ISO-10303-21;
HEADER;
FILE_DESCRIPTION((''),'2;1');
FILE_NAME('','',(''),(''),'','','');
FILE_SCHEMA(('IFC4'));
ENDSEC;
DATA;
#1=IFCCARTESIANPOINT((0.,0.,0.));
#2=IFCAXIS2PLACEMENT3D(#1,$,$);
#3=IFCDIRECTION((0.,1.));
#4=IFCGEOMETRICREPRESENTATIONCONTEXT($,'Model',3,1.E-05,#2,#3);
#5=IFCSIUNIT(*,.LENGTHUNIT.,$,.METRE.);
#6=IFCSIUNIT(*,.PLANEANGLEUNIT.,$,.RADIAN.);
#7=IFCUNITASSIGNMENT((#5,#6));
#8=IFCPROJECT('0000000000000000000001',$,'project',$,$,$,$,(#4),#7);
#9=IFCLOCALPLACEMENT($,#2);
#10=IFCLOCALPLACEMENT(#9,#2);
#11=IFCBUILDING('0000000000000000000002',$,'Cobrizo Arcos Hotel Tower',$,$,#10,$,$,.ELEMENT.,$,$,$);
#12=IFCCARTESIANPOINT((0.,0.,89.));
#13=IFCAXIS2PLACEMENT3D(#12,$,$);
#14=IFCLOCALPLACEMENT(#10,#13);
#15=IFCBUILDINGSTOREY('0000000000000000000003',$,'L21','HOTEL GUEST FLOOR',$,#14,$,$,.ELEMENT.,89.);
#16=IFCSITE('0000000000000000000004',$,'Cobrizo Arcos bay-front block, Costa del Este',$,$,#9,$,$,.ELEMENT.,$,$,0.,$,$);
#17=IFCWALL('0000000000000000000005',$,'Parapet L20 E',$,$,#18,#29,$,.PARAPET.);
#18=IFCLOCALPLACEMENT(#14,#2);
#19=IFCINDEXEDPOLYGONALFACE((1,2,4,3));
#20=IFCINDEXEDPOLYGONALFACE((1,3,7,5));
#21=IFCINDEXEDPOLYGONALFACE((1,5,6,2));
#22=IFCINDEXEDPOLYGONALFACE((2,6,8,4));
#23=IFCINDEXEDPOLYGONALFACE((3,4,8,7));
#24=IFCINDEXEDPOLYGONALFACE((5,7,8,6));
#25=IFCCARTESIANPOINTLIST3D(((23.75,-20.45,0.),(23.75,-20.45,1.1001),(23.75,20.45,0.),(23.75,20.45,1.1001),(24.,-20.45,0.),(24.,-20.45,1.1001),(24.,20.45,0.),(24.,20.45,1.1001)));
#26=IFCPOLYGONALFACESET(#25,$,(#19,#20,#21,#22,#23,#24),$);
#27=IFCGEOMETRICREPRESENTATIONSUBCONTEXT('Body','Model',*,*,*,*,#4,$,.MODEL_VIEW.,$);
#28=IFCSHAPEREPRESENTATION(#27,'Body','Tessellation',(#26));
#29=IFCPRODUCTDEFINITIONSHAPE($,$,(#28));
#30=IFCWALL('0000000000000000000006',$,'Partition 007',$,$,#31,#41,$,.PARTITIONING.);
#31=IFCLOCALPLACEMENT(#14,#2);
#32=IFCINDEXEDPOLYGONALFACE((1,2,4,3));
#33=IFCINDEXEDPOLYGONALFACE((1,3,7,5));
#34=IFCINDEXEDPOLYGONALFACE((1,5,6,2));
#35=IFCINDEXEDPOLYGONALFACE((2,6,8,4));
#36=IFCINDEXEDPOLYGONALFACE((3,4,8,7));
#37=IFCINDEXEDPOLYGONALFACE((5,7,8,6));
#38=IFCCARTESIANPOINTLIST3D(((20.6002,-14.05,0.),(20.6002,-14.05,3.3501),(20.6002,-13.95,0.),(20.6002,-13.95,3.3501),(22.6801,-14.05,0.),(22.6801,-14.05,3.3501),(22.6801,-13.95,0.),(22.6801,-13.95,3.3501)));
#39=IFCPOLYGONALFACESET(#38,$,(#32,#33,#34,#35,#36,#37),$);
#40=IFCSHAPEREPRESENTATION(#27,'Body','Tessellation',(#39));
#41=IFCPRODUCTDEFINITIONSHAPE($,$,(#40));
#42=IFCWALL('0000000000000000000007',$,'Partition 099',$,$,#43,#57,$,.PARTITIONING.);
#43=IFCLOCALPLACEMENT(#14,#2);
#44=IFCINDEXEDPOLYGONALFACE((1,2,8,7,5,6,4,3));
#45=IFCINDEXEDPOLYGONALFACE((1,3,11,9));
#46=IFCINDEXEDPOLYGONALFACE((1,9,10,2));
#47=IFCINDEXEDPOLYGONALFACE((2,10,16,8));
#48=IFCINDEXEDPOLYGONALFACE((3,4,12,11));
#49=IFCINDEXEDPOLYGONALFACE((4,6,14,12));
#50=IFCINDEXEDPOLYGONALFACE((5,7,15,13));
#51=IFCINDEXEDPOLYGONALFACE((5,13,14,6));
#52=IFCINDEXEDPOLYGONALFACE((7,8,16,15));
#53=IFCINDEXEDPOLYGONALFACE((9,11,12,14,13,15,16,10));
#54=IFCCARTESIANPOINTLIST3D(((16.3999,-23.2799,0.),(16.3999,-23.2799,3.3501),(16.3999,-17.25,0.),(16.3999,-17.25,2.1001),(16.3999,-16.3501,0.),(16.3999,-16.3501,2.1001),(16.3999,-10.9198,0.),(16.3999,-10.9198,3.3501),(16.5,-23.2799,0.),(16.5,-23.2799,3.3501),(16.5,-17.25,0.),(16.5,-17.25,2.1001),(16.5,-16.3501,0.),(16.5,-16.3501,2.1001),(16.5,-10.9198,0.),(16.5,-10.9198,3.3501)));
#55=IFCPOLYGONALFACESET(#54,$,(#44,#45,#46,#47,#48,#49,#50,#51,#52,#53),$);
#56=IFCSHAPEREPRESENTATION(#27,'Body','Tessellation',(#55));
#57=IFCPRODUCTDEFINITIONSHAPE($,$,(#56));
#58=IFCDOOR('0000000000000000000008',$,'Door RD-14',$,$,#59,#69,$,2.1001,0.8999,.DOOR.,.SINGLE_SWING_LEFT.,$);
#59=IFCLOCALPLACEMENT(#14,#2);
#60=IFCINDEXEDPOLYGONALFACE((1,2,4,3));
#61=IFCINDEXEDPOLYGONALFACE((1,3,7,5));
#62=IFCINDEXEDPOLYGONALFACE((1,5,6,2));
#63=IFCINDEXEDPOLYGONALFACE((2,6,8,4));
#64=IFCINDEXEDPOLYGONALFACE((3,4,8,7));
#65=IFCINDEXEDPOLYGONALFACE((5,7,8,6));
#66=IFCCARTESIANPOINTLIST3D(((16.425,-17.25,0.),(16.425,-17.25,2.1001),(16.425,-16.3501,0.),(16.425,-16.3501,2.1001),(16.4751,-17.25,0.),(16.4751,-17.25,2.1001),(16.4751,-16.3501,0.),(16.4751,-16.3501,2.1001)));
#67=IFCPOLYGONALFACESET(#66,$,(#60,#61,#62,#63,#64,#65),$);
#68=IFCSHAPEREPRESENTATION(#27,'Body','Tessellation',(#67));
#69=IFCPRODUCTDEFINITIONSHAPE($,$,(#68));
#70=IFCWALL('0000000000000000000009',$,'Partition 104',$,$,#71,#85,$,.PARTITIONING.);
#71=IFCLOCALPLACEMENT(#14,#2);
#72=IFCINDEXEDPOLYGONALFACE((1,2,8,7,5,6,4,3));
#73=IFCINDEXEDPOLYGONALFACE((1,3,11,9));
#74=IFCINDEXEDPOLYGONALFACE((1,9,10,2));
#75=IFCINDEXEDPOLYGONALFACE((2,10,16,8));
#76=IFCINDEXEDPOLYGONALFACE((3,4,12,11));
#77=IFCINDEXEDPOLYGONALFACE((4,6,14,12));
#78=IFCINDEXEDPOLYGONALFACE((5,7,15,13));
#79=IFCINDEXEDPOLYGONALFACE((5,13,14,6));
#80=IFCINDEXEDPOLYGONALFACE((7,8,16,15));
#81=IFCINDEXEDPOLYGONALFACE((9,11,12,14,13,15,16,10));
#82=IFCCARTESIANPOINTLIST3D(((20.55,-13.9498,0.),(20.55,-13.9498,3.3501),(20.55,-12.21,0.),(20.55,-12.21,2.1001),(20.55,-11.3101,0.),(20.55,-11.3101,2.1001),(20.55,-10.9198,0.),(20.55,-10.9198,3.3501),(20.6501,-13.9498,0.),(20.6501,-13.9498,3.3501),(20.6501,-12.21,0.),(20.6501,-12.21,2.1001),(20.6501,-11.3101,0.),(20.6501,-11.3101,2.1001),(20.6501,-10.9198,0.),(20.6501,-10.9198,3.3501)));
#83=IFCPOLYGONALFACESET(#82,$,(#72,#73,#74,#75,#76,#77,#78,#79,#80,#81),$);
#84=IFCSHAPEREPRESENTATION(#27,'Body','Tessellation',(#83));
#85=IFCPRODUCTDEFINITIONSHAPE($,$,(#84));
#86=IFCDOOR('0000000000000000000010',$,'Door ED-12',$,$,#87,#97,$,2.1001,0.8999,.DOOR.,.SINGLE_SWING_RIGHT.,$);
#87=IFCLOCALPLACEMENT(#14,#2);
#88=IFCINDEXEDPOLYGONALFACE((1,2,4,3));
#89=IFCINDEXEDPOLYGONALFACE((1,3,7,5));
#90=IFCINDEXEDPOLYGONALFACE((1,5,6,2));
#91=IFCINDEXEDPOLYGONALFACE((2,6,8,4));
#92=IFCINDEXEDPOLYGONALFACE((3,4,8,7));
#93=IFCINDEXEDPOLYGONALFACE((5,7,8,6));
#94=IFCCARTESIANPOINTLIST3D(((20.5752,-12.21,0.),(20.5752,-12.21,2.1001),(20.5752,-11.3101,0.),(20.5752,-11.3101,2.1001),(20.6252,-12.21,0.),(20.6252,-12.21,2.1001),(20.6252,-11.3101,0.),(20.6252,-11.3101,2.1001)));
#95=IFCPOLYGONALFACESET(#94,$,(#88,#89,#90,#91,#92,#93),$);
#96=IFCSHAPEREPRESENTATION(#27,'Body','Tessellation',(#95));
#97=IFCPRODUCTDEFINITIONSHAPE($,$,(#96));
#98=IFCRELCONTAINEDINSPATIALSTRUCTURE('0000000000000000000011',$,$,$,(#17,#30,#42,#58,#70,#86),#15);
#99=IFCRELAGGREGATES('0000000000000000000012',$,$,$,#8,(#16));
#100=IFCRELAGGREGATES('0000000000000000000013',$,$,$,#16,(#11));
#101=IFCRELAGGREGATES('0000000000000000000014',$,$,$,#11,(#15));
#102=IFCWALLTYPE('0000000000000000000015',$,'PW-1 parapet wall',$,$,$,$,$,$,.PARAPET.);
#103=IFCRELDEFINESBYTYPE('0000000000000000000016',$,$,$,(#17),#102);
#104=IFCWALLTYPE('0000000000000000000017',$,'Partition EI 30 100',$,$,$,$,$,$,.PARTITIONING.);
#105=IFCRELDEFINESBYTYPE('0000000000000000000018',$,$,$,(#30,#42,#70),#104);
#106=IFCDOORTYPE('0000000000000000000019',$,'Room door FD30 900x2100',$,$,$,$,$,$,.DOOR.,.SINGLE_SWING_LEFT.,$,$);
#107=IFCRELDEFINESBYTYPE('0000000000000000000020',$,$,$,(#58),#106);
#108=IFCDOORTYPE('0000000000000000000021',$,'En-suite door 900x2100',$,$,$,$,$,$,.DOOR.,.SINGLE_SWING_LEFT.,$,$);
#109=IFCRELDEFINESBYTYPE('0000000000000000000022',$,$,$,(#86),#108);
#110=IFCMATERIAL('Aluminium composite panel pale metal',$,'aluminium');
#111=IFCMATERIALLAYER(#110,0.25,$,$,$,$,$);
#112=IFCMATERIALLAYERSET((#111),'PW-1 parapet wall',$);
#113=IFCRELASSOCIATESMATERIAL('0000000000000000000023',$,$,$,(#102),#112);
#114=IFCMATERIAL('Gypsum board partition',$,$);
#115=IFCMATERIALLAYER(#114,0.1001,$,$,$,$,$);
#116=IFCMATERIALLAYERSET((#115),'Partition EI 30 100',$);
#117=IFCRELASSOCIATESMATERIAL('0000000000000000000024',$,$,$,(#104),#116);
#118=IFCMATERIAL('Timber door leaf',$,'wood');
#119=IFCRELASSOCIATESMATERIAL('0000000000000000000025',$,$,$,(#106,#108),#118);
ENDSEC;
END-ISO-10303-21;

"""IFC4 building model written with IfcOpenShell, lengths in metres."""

from ifc_helpers import new_model, si_unit, direction, frame, frame_2d, origin, place, context, subcontext, project, spatial, rectangle, extrude, material, layer, layer_set, type_object, element, fill, save


model = new_model("IFC4")

# Units and contexts
model_context = context("Model", 3, precision=1e-05, world=origin(), true_north=direction((0.0, 1.0)))
body_context = subcontext(model_context, "Body", "Model", "MODEL_VIEW")
ifc_project = project(units=[si_unit("LENGTHUNIT", "METRE"), si_unit("PLANEANGLEUNIT", "RADIAN")], contexts=[model_context])

# Site, building, storey
site_placement = place(None, origin())
site = spatial("IfcSite", under=ifc_project, at=site_placement, Name="Cobrizo Arcos bay-front block, Costa del Este", CompositionType="ELEMENT", RefElevation=0.0)
building_placement = place(site_placement, origin())
building = spatial("IfcBuilding", under=site, at=building_placement, Name="Cobrizo Arcos Hotel Tower", CompositionType="ELEMENT")
storey_placement = place(building_placement, frame((0.0, 0.0, 89.0)))
storey = spatial("IfcBuildingStorey", under=building, at=storey_placement, Name="L21", Description="HOTEL GUEST FLOOR", CompositionType="ELEMENT", Elevation=89.0)

# Shared definitions
ifc_material_1 = material(Name="Aluminium composite panel pale metal", Category="aluminium")

# Walls
ifc_layer_1 = layer(ifc_material_1, 0.25)
ifc_layer_set_1 = layer_set([ifc_layer_1], Name="PW-1 parapet wall")
wall_type_1 = type_object("IfcWallType", Name="PW-1 parapet wall", PredefinedType="PARAPET", material=ifc_layer_set_1)
wall_1_placement = place(storey_placement, frame((23.875, -20.45, 0.0), z_axis=(0.0, 0.0, 1.0), x_axis=(0.0, 1.0, 0.0)))
element("IfcWall", 1, at=wall_1_placement, inside=storey, type_object=wall_type_1, Name="Parapet L20 E", PredefinedType="PARAPET", context=body_context, shape_type="SweptSolid", body=[
    extrude(rectangle(XDim=40.8999, YDim=0.25, at=frame_2d((20.45, 0.0))), origin(), (0.0, 0.0, 1.0), 1.1001),
])
ifc_material_2 = material(Name="Gypsum board partition")
ifc_layer_2 = layer(ifc_material_2, 0.1001)
ifc_layer_set_2 = layer_set([ifc_layer_2], Name="Partition EI 30 100")
wall_type_2 = type_object("IfcWallType", Name="Partition EI 30 100", PredefinedType="PARTITIONING", material=ifc_layer_set_2)
wall_2_placement = place(storey_placement, frame((20.6001, -14.0, 0.0), z_axis=(0.0, 0.0, 1.0), x_axis=(1.0, 0.0, 0.0)))
element("IfcWall", 2, at=wall_2_placement, inside=storey, type_object=wall_type_2, Name="Partition 007", PredefinedType="PARTITIONING", context=body_context, shape_type="SweptSolid", body=[
    extrude(rectangle(XDim=2.0798, YDim=0.1001, at=frame_2d((1.04, 0.0))), origin(), (0.0, 0.0, 1.0), 3.3501),
])

# Walls, openings, doors
wall_3_placement = place(storey_placement, frame((16.45, -23.28, 0.0), z_axis=(0.0, 0.0, 1.0), x_axis=(0.0, 1.0, 0.0)))
wall_3 = element("IfcWall", 3, at=wall_3_placement, inside=storey, type_object=wall_type_2, Name="Partition 099", PredefinedType="PARTITIONING", context=body_context, shape_type="SweptSolid", body=[
    extrude(rectangle(XDim=12.3601, YDim=0.1001, at=frame_2d((6.1802, 0.0))), origin(), (0.0, 0.0, 1.0), 3.3501),
])
opening_1_placement = place(wall_3_placement, frame((6.03, 0.0, 0.0)))
opening_1 = element("IfcOpeningElement", 4, at=opening_1_placement, cuts=wall_3, PredefinedType="OPENING", context=body_context, shape_type="SweptSolid", body=[
    extrude(rectangle(XDim=0.8999, YDim=2.1001, at=frame_2d((0.45, 1.05))), frame((0.0, 0.062, 0.0), z_axis=(0.0, -1.0, 0.0), x_axis=(1.0, 0.0, 0.0)), (0.0, 0.0, 1.0), 0.124),
])
ifc_material_3 = material(Name="Timber door leaf", Category="wood")
door_type_1 = type_object("IfcDoorType", Name="Room door FD30 900x2100", OperationType="SINGLE_SWING_LEFT", PredefinedType="DOOR", material=ifc_material_3)
door_1_placement = place(opening_1_placement, origin())
door_1 = element("IfcDoor", 5, at=door_1_placement, inside=storey, type_object=door_type_1, Name="Door RD-14", OperationType="SINGLE_SWING_LEFT", OverallHeight=2.1001, OverallWidth=0.8999, PredefinedType="DOOR", context=body_context, shape_type="SweptSolid", body=[
    extrude(rectangle(XDim=0.8999, YDim=2.1001, at=frame_2d((0.45, 1.05))), frame((0.0, 0.0249, 0.0), z_axis=(0.0, -1.0, 0.0), x_axis=(1.0, 0.0, 0.0)), (0.0, 0.0, 1.0), 0.05),
])
fill(opening_1, door_1)
wall_4_placement = place(storey_placement, frame((20.6001, -13.95, 0.0), z_axis=(0.0, 0.0, 1.0), x_axis=(0.0, 1.0, 0.0)))
wall_4 = element("IfcWall", 6, at=wall_4_placement, inside=storey, type_object=wall_type_2, Name="Partition 104", PredefinedType="PARTITIONING", context=body_context, shape_type="SweptSolid", body=[
    extrude(rectangle(XDim=3.03, YDim=0.1001, at=frame_2d((1.5151, 0.0))), origin(), (0.0, 0.0, 1.0), 3.3501),
])
opening_2_placement = place(wall_4_placement, frame((1.74, 0.0, 0.0)))
opening_2 = element("IfcOpeningElement", 7, at=opening_2_placement, cuts=wall_4, PredefinedType="OPENING", context=body_context, shape_type="SweptSolid", body=[
    extrude(rectangle(XDim=0.8999, YDim=2.1001, at=frame_2d((0.45, 1.05))), frame((0.0, 0.062, 0.0), z_axis=(0.0, -1.0, 0.0), x_axis=(1.0, 0.0, 0.0)), (0.0, 0.0, 1.0), 0.124),
])
door_type_2 = type_object("IfcDoorType", Name="En-suite door 900x2100", OperationType="SINGLE_SWING_LEFT", PredefinedType="DOOR", material=ifc_material_3)
door_2_placement = place(opening_2_placement, origin())
door_2 = element("IfcDoor", 8, at=door_2_placement, inside=storey, type_object=door_type_2, Name="Door ED-12", OperationType="SINGLE_SWING_RIGHT", OverallHeight=2.1001, OverallWidth=0.8999, PredefinedType="DOOR", context=body_context, shape_type="SweptSolid", body=[
    extrude(rectangle(XDim=0.8999, YDim=2.1001, at=frame_2d((0.45, 1.05))), frame((0.0, 0.0249, 0.0), z_axis=(0.0, -1.0, 0.0), x_axis=(1.0, 0.0, 0.0)), (0.0, 0.0, 1.0), 0.05),
])
fill(opening_2, door_2)

save(model, "model.ifc")
